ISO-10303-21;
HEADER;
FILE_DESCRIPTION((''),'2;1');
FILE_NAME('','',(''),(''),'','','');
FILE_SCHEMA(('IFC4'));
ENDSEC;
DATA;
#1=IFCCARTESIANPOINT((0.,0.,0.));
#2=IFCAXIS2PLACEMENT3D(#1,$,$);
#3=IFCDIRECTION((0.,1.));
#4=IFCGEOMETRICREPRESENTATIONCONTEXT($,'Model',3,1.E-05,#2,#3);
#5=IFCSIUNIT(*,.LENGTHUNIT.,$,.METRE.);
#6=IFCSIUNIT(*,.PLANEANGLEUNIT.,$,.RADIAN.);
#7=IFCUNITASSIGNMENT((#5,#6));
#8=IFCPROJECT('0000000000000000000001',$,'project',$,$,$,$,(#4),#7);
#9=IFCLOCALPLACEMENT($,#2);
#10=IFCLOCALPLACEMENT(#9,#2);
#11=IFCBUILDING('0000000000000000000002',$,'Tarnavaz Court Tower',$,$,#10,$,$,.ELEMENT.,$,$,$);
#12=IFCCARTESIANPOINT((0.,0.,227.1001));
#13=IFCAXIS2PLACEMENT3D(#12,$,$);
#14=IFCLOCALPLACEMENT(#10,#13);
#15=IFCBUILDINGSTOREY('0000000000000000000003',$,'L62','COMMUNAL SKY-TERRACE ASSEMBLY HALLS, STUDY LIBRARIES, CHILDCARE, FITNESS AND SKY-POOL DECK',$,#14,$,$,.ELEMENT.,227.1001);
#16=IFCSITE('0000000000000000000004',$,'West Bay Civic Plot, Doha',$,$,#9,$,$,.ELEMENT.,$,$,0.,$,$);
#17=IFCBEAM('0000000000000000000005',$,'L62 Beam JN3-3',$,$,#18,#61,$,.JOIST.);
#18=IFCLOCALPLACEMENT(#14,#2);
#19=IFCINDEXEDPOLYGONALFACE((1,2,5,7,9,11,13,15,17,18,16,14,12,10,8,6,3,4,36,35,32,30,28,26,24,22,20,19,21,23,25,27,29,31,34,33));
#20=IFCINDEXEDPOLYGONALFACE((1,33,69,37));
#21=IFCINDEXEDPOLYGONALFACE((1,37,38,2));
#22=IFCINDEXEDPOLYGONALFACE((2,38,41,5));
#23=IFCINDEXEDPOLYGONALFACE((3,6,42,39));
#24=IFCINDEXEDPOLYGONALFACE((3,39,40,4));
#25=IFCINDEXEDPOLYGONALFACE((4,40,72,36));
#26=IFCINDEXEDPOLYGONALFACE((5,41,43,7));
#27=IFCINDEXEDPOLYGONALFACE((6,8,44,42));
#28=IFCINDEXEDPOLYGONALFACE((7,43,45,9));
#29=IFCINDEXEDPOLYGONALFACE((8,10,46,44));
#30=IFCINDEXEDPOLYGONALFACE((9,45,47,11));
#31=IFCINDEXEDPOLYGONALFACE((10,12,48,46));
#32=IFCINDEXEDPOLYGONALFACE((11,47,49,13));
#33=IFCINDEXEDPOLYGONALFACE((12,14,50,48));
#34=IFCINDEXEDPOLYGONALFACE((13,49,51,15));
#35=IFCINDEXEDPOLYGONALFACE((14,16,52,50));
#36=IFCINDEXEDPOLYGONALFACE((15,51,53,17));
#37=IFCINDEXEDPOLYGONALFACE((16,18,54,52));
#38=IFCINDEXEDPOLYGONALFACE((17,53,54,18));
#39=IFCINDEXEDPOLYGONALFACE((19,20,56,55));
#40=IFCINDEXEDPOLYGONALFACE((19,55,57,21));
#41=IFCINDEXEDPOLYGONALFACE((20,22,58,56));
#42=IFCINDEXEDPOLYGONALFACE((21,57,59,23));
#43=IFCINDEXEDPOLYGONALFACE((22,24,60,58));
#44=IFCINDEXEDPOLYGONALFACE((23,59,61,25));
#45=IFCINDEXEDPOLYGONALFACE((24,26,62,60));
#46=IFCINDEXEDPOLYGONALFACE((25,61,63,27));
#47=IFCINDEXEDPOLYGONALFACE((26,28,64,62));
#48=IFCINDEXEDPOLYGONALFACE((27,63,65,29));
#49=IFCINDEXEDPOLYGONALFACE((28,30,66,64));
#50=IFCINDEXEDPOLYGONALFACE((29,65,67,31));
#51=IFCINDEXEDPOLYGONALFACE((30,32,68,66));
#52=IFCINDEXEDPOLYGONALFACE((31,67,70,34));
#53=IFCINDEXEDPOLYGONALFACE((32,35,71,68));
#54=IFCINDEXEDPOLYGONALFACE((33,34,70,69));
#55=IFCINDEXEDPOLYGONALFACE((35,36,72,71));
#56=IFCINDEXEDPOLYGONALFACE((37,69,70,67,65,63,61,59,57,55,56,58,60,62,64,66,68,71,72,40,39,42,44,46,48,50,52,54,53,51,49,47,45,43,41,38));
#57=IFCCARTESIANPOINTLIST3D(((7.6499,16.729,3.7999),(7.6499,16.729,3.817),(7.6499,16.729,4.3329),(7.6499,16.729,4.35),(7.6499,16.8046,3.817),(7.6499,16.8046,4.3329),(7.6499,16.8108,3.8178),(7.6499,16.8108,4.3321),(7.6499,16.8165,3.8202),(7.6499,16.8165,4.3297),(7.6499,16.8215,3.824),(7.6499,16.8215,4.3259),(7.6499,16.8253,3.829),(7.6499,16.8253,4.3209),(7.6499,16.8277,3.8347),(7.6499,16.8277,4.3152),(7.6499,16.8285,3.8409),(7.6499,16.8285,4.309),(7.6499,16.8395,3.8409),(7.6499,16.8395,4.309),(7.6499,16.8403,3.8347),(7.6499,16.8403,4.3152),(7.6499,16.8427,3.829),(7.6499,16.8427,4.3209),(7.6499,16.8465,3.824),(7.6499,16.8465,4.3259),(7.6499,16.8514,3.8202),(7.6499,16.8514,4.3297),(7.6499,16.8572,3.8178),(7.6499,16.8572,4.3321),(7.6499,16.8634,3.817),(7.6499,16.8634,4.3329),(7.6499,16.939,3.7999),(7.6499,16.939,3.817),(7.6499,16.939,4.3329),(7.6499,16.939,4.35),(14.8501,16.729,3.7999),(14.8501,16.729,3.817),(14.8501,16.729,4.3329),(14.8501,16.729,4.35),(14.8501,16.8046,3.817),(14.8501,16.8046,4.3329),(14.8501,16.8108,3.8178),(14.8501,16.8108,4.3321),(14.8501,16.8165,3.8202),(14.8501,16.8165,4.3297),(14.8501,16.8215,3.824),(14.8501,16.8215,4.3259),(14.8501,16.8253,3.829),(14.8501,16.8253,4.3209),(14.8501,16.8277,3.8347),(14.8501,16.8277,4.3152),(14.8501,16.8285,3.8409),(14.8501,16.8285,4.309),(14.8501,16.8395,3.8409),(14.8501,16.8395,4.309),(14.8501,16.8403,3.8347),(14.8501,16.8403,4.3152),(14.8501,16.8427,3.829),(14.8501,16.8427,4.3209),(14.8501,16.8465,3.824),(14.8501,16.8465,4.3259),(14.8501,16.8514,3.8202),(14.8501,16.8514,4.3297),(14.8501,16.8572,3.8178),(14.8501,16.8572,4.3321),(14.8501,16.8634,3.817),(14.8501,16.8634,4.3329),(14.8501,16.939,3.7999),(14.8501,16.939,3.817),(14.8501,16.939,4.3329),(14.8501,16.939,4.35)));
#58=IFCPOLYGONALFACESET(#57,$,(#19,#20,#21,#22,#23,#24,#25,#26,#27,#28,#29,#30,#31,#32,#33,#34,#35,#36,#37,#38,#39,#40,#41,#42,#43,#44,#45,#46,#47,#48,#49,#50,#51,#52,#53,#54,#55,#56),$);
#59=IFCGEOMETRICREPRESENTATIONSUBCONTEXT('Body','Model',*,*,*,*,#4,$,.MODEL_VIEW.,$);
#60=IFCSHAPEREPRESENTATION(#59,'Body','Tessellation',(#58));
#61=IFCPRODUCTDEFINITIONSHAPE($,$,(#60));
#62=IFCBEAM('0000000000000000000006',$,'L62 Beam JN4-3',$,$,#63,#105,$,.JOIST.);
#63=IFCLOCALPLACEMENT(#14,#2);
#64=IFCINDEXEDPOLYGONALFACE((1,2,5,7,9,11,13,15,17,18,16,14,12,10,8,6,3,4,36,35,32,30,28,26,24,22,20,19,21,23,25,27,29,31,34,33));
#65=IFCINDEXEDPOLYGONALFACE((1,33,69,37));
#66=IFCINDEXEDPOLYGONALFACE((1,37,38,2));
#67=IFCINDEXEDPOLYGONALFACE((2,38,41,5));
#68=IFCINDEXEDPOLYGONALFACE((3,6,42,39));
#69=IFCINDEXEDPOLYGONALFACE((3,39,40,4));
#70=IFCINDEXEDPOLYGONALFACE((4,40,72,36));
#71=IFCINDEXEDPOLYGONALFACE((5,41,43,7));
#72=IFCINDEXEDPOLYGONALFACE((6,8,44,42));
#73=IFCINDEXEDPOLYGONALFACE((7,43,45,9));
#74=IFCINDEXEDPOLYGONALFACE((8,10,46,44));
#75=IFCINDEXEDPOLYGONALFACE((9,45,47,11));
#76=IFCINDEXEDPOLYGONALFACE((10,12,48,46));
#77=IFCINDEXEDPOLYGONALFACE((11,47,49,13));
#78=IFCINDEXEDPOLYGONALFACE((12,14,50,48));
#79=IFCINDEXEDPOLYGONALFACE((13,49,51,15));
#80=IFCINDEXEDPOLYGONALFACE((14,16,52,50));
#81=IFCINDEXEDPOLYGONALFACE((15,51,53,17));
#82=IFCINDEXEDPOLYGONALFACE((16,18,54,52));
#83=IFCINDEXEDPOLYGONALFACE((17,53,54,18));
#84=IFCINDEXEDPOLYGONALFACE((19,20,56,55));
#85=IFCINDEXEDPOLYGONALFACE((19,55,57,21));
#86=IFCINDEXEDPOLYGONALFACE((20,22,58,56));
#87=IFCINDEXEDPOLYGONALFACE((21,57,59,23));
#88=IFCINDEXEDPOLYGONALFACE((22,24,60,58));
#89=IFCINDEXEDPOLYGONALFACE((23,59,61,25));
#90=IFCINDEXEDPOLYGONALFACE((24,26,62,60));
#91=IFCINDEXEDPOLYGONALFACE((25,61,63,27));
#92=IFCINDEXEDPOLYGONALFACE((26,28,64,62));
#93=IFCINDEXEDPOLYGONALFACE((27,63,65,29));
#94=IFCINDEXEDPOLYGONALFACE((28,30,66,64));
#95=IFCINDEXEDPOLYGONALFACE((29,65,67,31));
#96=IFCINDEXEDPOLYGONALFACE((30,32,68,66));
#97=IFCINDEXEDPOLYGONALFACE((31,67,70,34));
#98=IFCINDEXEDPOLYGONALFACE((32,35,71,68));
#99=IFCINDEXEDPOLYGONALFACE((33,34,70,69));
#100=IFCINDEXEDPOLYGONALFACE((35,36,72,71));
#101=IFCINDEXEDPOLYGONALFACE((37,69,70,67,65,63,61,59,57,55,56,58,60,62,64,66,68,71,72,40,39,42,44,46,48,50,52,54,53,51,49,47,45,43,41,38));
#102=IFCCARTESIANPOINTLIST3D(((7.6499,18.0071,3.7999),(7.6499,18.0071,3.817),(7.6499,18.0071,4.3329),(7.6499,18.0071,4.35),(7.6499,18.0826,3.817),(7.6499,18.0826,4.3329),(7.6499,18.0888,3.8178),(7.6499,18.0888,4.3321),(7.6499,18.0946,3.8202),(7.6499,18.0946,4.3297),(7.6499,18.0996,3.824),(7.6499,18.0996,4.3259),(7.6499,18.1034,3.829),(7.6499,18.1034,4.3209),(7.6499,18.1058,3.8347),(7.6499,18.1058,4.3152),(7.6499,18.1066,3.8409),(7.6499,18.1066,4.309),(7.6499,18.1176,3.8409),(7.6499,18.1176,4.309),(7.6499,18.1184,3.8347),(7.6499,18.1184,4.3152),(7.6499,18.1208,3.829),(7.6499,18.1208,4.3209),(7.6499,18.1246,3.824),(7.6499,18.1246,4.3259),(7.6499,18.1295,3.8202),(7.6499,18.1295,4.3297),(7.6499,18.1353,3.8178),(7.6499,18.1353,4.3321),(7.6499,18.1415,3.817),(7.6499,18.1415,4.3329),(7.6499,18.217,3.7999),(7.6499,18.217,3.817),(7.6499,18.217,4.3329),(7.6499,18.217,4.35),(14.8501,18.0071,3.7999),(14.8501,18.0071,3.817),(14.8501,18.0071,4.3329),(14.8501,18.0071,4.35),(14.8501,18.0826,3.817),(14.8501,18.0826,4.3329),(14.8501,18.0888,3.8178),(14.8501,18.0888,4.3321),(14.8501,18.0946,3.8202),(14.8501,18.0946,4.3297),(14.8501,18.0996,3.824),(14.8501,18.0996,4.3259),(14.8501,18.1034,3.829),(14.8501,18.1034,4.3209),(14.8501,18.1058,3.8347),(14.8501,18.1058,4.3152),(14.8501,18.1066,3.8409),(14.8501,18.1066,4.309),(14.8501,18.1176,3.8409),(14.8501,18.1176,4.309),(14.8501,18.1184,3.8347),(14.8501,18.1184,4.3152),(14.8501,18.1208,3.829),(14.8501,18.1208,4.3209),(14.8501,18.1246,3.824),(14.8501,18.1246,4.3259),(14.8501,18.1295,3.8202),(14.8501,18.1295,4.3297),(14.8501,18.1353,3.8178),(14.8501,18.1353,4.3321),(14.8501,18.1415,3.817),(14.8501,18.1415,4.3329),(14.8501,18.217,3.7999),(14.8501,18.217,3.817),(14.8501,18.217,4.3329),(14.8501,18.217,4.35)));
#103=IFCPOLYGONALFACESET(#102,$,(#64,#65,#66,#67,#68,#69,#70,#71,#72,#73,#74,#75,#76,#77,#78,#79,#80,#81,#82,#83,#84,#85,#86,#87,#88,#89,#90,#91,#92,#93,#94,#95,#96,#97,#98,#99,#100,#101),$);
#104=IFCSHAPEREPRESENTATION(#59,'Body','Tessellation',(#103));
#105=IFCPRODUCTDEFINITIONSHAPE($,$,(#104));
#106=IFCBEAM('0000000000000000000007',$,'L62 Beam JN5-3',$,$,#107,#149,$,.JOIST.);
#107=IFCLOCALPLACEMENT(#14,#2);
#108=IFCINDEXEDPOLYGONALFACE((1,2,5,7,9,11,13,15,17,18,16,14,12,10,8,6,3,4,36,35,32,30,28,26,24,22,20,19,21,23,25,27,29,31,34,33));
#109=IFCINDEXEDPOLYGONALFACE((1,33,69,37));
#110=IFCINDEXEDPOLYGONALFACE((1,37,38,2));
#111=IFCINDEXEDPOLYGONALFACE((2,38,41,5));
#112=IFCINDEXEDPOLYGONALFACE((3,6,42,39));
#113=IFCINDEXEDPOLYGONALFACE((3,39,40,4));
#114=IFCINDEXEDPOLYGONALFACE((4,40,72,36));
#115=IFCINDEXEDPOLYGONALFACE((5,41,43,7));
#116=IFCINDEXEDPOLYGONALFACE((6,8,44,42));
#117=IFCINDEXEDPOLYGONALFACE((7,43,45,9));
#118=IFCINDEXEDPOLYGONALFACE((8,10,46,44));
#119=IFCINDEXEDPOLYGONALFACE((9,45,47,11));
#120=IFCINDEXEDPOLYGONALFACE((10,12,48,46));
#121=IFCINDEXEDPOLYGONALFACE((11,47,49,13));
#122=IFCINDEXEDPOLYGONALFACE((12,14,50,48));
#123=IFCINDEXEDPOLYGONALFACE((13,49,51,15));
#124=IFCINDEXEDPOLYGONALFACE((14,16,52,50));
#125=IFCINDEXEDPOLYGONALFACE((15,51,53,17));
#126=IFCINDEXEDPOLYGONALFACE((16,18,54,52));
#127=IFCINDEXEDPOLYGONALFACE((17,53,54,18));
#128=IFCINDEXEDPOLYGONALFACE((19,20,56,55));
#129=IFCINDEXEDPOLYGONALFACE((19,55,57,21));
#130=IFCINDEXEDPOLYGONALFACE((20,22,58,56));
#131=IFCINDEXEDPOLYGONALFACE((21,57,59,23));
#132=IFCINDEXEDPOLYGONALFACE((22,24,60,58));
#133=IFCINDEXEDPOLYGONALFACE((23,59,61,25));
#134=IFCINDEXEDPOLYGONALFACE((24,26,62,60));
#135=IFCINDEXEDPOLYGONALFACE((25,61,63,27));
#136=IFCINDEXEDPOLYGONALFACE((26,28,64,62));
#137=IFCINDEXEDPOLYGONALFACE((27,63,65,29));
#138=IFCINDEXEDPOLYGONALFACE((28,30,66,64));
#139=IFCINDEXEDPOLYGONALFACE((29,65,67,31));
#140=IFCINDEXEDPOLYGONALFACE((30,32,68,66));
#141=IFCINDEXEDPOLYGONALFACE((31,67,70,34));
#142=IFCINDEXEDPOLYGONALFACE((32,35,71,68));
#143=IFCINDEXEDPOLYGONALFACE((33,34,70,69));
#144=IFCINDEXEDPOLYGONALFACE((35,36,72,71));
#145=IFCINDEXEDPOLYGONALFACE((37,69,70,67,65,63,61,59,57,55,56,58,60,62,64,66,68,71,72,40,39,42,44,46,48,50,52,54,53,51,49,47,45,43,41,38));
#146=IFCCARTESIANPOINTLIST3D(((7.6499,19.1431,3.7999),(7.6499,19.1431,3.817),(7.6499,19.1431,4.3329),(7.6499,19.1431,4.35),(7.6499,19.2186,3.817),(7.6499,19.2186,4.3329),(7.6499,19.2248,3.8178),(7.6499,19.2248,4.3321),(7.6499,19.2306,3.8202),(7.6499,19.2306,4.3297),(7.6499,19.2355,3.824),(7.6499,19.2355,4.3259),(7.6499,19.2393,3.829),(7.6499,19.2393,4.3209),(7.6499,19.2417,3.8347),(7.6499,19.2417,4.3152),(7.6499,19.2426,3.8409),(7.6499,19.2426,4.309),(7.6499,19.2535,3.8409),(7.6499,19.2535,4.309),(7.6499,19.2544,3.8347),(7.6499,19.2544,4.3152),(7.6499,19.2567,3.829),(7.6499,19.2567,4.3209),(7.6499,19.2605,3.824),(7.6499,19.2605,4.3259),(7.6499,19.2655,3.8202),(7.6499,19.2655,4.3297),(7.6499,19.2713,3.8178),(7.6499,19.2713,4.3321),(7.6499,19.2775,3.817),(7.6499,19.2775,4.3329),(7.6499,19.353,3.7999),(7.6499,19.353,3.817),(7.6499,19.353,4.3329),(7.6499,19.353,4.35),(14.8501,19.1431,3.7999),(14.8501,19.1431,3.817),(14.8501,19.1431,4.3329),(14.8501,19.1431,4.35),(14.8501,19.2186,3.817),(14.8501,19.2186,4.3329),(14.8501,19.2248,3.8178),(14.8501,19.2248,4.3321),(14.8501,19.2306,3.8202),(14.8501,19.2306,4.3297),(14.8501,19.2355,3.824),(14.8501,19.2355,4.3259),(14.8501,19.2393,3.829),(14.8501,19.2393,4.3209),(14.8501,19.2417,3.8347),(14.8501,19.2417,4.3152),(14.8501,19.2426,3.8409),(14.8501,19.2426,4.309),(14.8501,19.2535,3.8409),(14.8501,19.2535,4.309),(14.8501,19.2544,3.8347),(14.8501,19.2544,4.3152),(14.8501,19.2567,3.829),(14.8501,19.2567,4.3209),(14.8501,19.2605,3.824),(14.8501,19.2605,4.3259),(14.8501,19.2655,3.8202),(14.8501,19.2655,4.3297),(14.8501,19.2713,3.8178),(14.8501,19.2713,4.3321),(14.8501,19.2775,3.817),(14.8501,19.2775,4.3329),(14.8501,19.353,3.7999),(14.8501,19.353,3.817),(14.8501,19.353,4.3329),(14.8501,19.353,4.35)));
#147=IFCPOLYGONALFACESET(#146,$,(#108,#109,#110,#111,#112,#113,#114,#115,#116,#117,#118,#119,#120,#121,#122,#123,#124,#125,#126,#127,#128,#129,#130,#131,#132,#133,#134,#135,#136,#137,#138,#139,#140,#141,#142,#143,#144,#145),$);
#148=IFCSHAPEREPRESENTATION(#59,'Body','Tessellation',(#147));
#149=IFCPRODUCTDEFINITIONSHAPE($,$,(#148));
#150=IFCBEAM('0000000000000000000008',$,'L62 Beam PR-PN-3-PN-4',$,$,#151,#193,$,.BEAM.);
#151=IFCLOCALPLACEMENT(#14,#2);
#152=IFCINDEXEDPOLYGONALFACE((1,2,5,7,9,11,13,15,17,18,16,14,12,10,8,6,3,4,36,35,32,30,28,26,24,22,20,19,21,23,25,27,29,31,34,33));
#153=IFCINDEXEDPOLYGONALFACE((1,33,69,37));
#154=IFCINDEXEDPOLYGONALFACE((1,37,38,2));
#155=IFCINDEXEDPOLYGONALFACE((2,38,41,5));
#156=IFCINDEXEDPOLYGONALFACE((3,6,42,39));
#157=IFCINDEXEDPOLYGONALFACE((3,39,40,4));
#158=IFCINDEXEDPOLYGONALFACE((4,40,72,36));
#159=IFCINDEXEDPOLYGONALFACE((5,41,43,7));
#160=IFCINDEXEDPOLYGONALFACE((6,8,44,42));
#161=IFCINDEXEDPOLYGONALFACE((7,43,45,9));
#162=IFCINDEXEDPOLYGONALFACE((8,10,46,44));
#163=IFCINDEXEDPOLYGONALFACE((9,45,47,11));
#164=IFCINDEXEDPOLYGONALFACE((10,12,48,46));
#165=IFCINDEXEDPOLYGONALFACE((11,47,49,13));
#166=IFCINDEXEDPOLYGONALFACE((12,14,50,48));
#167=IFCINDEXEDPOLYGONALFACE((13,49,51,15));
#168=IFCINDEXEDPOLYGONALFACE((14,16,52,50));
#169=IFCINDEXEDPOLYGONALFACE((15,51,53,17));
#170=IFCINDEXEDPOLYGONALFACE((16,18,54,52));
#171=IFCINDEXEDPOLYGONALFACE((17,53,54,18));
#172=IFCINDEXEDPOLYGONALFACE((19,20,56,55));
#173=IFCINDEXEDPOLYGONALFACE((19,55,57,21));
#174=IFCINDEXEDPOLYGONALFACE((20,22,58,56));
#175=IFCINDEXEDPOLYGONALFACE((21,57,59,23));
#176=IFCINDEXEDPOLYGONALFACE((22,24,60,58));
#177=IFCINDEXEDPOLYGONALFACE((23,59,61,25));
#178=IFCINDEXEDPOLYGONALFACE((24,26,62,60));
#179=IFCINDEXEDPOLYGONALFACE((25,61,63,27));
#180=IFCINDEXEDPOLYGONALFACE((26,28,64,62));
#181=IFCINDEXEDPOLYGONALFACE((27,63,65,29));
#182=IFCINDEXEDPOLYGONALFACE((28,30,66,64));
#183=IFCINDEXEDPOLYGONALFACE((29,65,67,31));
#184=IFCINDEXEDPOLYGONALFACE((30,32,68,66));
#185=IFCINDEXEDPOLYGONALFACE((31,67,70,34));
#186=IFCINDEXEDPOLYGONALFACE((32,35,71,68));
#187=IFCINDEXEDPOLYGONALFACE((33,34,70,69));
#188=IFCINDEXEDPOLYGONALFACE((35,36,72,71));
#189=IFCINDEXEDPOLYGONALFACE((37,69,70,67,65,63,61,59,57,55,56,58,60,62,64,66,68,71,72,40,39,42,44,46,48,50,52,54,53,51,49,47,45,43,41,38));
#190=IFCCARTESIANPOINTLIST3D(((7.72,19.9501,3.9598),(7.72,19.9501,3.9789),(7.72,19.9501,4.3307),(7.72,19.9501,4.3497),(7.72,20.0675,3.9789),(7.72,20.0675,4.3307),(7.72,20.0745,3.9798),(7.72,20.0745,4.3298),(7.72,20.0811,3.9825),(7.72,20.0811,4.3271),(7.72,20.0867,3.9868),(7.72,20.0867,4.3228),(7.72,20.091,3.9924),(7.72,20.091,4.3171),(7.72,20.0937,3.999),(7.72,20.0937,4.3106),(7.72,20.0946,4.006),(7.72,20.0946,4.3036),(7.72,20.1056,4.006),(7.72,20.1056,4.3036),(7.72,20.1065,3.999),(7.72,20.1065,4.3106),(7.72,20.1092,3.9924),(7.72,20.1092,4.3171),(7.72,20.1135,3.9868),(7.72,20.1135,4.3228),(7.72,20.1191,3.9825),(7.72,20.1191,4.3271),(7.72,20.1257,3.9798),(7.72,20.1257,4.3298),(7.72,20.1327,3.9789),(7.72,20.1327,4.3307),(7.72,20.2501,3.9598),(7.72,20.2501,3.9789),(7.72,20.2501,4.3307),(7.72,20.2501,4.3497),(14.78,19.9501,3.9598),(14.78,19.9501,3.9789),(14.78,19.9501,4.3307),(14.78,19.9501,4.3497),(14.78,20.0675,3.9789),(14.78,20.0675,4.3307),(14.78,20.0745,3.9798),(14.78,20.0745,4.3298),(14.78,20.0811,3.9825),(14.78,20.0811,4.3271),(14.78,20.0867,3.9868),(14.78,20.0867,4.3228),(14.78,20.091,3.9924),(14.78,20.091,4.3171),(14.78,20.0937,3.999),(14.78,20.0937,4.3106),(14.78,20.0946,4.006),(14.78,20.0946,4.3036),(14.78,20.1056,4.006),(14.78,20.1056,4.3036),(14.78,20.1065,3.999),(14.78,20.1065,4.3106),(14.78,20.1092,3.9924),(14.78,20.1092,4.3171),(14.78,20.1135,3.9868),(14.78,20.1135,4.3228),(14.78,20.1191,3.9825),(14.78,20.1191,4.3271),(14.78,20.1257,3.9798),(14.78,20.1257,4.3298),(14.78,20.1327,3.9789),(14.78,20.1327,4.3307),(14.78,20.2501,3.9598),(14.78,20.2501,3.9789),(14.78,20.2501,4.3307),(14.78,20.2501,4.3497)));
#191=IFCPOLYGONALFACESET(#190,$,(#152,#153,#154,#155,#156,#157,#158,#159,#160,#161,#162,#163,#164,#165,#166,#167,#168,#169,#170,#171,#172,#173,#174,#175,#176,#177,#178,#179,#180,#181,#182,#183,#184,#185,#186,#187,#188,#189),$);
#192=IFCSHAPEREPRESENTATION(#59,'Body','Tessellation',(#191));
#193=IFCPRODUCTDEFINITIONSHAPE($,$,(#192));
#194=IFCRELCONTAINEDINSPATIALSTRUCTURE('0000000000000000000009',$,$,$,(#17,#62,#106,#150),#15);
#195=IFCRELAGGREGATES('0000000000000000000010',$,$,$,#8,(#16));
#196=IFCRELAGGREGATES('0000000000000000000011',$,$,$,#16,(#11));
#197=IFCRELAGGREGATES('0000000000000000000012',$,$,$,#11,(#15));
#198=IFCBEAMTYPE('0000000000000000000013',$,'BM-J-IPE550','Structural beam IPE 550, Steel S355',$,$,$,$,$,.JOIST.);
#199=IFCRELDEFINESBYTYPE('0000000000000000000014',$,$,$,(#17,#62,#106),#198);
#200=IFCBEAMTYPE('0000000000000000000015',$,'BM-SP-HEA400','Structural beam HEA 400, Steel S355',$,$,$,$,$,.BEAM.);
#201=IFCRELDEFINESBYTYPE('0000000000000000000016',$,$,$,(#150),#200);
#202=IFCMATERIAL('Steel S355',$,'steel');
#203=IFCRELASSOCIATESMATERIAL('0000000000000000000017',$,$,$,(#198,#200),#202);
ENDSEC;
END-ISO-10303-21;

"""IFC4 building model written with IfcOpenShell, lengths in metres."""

from ifc_helpers import new_model, si_unit, direction, frame, origin, origin_2d, place, context, subcontext, project, spatial, i_section, extrude, material, material_profile, profile_set, type_object, element, save


model = new_model("IFC4")

# Units and contexts
model_context = context("Model", 3, precision=1e-05, world=origin(), true_north=direction((0.0, 1.0)))
body_context = subcontext(model_context, "Body", "Model", "MODEL_VIEW")
ifc_project = project(units=[si_unit("LENGTHUNIT", "METRE"), si_unit("PLANEANGLEUNIT", "RADIAN")], contexts=[model_context])

# Site, building, storey
site_placement = place(None, origin())
site = spatial("IfcSite", under=ifc_project, at=site_placement, Name="West Bay Civic Plot, Doha", CompositionType="ELEMENT", RefElevation=0.0)
building_placement = place(site_placement, origin())
building = spatial("IfcBuilding", under=site, at=building_placement, Name="Tarnavaz Court Tower", CompositionType="ELEMENT")
storey_placement = place(building_placement, frame((0.0, 0.0, 227.1001)))
storey = spatial("IfcBuildingStorey", under=building, at=storey_placement, Name="L62", Description="COMMUNAL SKY-TERRACE ASSEMBLY HALLS, STUDY LIBRARIES, CHILDCARE, FITNESS AND SKY-POOL DECK", CompositionType="ELEMENT", Elevation=227.1001)

# Beams
ifc_material_1 = material(Name="Steel S355", Category="steel")
ifc_material_profile_1 = material_profile(ifc_material_1, i_section(OverallWidth=0.21, OverallDepth=0.55, WebThickness=0.011, FlangeThickness=0.0171, FilletRadius=0.0239, at=origin_2d()), Name="IPE 550")
ifc_profile_set_1 = profile_set([ifc_material_profile_1], Name="Steel S355")
beam_type_1 = type_object("IfcBeamType", Name="BM-J-IPE550", Description="Structural beam IPE 550, Steel S355", PredefinedType="JOIST", material=ifc_profile_set_1)
for number, where, z_axis, x_axis, name in (
    (1, (7.6499, 16.834, 4.075), (1.0, 0.0, 0.0), (0.0, 1.0, 0.0), "L62 Beam JN3-3"),
    (2, (7.6499, 18.1121, 4.075), (1.0, 0.0, 0.0), (0.0, 1.0, 0.0), "L62 Beam JN4-3"),
    (3, (7.6499, 19.248, 4.075), (1.0, 0.0, 0.0), (0.0, 1.0, 0.0), "L62 Beam JN5-3"),
):
    element("IfcBeam", number, at=place(storey_placement, frame(where, z_axis=z_axis, x_axis=x_axis)), inside=storey, type_object=beam_type_1, Name=name, PredefinedType="JOIST", context=body_context, shape_type="SweptSolid", body=[
        extrude(i_section(OverallWidth=0.21, OverallDepth=0.55, WebThickness=0.011, FlangeThickness=0.0171, FilletRadius=0.0239, at=origin_2d()), origin(), (0.0, 0.0, 1.0), 7.2002),
    ])
ifc_material_profile_2 = material_profile(ifc_material_1, i_section(OverallWidth=0.3, OverallDepth=0.3899, WebThickness=0.011, FlangeThickness=0.019, FilletRadius=0.0271, at=origin_2d()), Name="HEA 400")
ifc_profile_set_2 = profile_set([ifc_material_profile_2], Name="Steel S355")
beam_type_2 = type_object("IfcBeamType", Name="BM-SP-HEA400", Description="Structural beam HEA 400, Steel S355", PredefinedType="BEAM", material=ifc_profile_set_2)
beam_placement = place(storey_placement, frame((7.72, 20.1001, 4.1548), z_axis=(1.0, 0.0, 0.0), x_axis=(0.0, 1.0, 0.0)))
element("IfcBeam", 4, at=beam_placement, inside=storey, type_object=beam_type_2, Name="L62 Beam PR-PN-3-PN-4", PredefinedType="BEAM", context=body_context, shape_type="SweptSolid", body=[
    extrude(i_section(OverallWidth=0.3, OverallDepth=0.3899, WebThickness=0.011, FlangeThickness=0.019, FilletRadius=0.0271, at=origin_2d()), origin(), (0.0, 0.0, 1.0), 7.0601),
])

save(model, "model.ifc")
